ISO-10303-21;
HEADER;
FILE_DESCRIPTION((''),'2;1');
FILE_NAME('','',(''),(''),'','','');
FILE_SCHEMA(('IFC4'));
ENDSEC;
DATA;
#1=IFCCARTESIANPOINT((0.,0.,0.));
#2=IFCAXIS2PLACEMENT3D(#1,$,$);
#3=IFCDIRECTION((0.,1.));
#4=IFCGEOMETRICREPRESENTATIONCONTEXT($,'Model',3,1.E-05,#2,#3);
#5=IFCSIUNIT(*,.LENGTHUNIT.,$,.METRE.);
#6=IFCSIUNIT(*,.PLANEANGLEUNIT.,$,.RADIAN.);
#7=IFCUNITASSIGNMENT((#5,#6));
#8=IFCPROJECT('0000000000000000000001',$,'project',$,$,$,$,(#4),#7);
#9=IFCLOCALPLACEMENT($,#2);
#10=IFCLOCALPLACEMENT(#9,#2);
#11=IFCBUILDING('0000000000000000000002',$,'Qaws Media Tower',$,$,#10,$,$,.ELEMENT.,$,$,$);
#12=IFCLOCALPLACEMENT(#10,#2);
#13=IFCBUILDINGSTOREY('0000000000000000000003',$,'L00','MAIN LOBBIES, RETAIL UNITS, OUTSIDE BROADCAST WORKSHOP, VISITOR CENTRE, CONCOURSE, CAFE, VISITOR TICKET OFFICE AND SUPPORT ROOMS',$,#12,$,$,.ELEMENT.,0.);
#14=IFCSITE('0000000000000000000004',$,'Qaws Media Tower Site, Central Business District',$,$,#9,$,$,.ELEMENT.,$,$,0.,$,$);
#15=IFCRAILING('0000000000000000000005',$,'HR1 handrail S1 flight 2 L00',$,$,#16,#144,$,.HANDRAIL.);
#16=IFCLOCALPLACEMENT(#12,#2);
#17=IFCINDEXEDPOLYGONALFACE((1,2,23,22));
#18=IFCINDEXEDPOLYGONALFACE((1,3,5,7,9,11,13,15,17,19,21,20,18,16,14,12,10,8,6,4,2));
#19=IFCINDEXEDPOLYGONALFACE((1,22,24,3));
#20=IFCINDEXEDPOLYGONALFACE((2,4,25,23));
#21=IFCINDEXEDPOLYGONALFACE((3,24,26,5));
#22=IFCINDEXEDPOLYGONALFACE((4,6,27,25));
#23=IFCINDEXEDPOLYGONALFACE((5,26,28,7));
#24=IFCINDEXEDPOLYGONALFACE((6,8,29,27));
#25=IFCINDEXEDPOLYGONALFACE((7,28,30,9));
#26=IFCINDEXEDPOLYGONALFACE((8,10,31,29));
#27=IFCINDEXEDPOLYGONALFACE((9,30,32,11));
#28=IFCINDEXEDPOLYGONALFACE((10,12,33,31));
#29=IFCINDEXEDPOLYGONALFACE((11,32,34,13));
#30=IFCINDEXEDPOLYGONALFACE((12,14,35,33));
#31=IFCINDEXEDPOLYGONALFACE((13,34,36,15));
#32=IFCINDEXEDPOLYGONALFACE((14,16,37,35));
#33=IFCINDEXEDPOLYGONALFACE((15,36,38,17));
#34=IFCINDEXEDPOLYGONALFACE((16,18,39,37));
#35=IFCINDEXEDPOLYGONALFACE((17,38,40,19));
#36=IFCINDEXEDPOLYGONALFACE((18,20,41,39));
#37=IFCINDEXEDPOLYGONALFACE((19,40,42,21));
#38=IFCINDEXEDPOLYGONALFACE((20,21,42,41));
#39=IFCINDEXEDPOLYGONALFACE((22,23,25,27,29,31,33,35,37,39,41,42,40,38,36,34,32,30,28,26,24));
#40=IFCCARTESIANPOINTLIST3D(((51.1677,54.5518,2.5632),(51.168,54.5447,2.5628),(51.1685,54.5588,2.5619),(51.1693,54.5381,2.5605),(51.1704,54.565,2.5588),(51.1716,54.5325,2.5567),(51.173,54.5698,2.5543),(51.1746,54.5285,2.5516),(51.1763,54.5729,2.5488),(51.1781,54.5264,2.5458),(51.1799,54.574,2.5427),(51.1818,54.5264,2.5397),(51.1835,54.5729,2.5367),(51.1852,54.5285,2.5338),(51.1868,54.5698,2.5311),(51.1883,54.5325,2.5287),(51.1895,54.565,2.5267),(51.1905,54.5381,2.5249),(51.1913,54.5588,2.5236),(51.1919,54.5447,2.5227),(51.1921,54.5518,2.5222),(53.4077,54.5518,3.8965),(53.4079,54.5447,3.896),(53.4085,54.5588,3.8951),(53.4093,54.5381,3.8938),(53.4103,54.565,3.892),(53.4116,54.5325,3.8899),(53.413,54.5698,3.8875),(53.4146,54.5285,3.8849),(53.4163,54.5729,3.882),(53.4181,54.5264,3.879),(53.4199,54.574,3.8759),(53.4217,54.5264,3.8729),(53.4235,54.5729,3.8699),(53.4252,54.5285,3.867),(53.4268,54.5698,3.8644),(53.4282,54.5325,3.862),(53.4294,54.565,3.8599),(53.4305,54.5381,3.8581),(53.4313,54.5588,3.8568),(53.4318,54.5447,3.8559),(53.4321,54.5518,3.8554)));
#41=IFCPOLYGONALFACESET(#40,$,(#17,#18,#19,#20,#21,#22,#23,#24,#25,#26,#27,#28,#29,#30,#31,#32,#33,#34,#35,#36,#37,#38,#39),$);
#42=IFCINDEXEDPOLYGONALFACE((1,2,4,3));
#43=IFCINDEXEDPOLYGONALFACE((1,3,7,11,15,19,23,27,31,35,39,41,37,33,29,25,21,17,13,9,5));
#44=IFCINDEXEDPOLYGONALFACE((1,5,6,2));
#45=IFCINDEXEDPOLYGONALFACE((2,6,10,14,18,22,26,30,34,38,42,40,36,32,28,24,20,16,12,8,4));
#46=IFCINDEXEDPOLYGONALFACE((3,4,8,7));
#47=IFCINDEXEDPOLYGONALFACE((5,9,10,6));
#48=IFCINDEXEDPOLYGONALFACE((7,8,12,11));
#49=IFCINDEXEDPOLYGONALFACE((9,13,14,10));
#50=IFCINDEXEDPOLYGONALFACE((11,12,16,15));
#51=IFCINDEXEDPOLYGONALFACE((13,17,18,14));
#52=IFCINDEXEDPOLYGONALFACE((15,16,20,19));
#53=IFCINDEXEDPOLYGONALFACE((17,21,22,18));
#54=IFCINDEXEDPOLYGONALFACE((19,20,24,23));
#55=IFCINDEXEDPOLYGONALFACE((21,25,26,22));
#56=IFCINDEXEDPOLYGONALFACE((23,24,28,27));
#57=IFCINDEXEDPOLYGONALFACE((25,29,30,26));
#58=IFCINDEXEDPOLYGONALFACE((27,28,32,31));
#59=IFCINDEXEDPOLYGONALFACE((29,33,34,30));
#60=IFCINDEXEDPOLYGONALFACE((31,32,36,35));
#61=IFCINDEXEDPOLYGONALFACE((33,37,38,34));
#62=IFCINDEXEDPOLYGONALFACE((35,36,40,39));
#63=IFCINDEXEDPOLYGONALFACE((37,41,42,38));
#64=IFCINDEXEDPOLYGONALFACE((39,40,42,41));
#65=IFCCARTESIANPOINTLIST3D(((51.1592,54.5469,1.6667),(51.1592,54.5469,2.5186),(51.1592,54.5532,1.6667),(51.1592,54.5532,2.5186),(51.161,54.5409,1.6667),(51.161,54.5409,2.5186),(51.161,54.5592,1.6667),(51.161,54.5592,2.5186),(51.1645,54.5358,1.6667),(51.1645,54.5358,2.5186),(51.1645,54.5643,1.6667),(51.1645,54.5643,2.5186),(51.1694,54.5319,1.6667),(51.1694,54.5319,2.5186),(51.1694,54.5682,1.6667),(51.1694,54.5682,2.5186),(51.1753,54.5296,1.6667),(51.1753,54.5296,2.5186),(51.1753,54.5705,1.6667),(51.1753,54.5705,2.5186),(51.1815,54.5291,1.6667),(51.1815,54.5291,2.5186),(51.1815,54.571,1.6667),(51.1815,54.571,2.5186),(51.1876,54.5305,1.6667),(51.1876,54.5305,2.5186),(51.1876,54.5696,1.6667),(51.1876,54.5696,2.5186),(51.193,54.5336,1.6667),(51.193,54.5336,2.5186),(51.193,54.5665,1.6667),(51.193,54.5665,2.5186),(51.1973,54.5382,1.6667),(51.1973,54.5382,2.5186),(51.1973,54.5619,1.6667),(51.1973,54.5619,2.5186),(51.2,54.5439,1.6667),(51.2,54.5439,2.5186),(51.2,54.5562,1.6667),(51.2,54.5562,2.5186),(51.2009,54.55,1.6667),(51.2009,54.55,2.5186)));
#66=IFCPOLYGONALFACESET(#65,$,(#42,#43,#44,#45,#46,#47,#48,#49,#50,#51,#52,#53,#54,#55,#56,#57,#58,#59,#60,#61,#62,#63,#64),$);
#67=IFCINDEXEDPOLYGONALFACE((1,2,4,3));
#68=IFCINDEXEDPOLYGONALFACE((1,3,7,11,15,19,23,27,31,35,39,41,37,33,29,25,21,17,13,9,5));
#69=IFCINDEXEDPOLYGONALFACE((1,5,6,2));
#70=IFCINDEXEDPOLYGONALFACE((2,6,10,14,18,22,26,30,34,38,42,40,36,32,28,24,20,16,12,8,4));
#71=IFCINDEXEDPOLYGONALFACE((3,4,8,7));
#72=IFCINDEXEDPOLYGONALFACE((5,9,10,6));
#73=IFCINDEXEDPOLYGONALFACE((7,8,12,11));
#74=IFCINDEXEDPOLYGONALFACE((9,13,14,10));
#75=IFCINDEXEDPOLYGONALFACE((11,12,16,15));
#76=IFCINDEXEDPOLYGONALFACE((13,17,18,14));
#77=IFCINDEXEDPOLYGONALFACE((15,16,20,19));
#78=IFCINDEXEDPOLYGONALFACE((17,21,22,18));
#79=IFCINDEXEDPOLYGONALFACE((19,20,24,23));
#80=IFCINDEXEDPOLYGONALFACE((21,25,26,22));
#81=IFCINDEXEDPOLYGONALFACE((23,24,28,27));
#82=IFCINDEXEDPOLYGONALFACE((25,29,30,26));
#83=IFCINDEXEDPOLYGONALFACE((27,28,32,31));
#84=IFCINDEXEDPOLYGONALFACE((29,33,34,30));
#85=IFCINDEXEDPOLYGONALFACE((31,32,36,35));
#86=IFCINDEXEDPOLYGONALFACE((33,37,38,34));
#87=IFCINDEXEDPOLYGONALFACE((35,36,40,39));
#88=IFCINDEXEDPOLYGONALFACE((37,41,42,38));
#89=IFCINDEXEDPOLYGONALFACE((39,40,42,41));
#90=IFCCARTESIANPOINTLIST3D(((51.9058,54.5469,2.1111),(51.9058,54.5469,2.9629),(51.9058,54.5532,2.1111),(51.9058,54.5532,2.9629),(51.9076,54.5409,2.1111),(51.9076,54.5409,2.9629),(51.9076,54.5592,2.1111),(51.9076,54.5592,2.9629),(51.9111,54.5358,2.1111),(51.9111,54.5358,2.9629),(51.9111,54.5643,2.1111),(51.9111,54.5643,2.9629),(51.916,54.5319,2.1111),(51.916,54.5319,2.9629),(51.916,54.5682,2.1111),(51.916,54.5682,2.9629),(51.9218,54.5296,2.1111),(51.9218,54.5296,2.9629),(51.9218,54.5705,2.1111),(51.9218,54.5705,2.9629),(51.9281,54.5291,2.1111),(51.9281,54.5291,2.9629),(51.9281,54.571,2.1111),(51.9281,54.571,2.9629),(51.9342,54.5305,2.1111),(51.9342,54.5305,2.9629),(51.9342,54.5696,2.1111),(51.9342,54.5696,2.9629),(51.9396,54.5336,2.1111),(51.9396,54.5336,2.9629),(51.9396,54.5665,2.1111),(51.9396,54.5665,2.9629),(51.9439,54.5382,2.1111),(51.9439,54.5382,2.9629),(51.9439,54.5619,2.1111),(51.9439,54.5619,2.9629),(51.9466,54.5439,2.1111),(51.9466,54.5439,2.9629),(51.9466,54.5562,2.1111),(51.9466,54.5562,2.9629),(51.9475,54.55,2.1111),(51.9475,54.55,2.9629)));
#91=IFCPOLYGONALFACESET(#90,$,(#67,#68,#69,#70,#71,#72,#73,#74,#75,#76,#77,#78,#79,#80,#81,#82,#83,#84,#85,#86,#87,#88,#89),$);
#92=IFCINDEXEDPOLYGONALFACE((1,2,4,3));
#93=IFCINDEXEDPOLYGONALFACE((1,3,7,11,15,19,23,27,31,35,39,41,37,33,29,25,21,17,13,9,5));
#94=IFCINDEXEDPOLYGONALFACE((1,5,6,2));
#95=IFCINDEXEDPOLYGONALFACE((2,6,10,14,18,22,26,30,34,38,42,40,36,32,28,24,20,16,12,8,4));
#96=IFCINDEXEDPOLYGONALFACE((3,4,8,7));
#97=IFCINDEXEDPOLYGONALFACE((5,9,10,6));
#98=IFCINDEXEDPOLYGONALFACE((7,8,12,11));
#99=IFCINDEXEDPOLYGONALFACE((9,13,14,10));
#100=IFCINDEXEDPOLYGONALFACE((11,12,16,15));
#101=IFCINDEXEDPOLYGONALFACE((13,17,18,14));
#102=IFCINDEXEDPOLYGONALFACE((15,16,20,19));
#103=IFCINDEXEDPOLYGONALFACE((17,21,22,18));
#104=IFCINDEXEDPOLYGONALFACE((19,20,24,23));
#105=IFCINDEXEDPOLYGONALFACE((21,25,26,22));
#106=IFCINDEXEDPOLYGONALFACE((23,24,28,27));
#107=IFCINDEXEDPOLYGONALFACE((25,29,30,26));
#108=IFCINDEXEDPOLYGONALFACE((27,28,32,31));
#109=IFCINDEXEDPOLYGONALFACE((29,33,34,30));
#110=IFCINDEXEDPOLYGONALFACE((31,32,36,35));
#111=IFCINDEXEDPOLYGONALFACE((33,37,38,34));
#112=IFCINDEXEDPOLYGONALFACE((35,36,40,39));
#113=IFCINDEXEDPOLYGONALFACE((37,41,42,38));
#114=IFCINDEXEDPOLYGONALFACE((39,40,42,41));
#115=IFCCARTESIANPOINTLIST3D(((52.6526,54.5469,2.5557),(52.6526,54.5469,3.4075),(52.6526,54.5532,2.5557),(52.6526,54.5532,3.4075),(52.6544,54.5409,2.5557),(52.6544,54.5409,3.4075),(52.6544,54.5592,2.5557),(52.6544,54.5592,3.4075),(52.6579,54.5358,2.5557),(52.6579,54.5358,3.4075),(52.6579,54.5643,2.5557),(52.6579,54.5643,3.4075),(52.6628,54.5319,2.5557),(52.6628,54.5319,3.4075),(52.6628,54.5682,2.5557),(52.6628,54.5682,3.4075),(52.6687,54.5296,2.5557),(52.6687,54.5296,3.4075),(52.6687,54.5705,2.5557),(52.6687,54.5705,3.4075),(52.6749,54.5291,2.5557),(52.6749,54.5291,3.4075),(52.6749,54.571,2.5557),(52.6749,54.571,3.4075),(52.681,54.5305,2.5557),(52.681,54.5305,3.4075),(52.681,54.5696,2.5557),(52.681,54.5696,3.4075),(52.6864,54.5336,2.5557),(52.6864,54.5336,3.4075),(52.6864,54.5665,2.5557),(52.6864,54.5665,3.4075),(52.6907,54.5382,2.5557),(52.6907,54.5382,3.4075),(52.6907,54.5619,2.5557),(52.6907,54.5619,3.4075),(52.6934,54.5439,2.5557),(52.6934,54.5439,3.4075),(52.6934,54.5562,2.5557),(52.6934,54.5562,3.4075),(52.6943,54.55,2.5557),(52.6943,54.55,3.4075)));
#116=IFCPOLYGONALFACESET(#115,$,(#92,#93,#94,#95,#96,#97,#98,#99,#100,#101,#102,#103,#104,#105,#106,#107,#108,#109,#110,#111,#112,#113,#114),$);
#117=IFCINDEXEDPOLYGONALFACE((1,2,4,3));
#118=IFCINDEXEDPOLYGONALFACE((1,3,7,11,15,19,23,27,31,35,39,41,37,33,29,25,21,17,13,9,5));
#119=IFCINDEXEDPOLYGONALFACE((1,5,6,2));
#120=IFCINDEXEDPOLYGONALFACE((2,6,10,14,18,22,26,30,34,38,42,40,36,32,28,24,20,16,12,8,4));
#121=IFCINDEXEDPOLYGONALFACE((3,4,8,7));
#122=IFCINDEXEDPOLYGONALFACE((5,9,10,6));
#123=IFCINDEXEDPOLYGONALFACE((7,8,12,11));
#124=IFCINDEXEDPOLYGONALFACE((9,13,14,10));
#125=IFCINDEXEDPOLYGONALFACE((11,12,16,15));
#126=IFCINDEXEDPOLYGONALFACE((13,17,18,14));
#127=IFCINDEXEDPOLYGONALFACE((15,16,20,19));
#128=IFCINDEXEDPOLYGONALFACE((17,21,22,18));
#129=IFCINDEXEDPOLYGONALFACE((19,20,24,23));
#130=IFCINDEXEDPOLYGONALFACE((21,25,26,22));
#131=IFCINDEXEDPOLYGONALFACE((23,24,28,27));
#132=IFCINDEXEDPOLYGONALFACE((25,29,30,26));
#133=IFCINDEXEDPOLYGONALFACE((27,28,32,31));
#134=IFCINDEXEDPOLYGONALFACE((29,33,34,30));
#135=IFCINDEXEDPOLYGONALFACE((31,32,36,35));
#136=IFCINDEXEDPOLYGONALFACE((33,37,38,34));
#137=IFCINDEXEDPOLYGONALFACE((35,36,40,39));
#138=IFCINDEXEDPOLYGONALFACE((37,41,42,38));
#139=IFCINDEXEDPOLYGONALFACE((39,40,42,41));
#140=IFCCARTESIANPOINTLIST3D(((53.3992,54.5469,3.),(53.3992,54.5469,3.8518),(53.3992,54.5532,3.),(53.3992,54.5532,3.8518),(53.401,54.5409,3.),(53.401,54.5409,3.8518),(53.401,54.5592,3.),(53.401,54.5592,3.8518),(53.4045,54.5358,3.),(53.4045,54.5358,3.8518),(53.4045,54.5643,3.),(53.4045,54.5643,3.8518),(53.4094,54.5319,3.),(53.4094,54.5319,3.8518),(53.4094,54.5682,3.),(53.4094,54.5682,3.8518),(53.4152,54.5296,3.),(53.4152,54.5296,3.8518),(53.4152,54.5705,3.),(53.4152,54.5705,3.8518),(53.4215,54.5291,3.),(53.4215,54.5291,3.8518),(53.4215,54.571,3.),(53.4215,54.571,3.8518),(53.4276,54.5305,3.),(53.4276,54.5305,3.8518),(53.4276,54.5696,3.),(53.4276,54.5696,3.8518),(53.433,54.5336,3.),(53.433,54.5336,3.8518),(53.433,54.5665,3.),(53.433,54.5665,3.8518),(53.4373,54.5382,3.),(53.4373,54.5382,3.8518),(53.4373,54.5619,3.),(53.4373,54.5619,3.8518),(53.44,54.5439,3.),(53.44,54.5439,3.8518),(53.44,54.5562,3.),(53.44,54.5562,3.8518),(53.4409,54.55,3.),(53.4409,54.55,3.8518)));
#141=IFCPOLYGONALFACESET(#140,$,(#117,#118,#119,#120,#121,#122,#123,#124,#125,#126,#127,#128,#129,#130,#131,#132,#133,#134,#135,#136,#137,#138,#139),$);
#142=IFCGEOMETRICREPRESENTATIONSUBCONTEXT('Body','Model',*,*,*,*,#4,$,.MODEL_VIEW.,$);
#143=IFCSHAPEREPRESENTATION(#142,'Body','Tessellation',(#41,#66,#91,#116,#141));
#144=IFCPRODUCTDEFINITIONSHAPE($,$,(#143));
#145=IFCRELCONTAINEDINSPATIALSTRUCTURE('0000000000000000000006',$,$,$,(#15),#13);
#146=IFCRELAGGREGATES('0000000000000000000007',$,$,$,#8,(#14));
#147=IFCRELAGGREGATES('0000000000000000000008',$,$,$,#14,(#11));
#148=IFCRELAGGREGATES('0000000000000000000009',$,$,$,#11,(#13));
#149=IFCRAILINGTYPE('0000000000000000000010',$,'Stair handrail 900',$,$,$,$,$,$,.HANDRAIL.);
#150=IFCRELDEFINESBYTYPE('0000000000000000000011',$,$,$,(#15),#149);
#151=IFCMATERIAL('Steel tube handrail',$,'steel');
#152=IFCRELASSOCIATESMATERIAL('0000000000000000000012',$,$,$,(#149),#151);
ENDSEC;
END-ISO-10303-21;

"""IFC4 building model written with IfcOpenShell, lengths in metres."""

from ifc_helpers import new_model, si_unit, direction, frame, origin, origin_2d, place, context, subcontext, project, spatial, circle, extrude, material, type_object, element, save


model = new_model("IFC4")

# Units and contexts
model_context = context("Model", 3, precision=1e-05, world=origin(), true_north=direction((0.0, 1.0)))
body_context = subcontext(model_context, "Body", "Model", "MODEL_VIEW")
ifc_project = project(units=[si_unit("LENGTHUNIT", "METRE"), si_unit("PLANEANGLEUNIT", "RADIAN")], contexts=[model_context])

# Site, building, storey
site_placement = place(None, origin())
site = spatial("IfcSite", under=ifc_project, at=site_placement, Name="Qaws Media Tower Site, Central Business District", CompositionType="ELEMENT", RefElevation=0.0)
building_placement = place(site_placement, origin())
building = spatial("IfcBuilding", under=site, at=building_placement, Name="Qaws Media Tower", CompositionType="ELEMENT")
storey_placement = place(building_placement, origin())
storey = spatial("IfcBuildingStorey", under=building, at=storey_placement, Name="L00", Description="MAIN LOBBIES, RETAIL UNITS, OUTSIDE BROADCAST WORKSHOP, VISITOR CENTRE, CONCOURSE, CAFE, VISITOR TICKET OFFICE AND SUPPORT ROOMS", CompositionType="ELEMENT", Elevation=0.0)

# Railing
ifc_material_1 = material(Name="Steel tube handrail", Category="steel")
railing_type = type_object("IfcRailingType", Name="Stair handrail 900", PredefinedType="HANDRAIL", material=ifc_material_1)
for number, where, name in (
    (1, (51.1799, 54.55, 1.6667), "HR1 handrail S1 flight 2 L00"),
):
    element("IfcRailing", number, at=place(storey_placement, frame(where)), inside=storey, type_object=railing_type, Name=name, PredefinedType="HANDRAIL", context=body_context, shape_type="SweptSolid", body=[
        extrude(circle(Radius=0.0239, at=origin_2d()), frame((0.0, 0.0, 0.876), z_axis=(0.859306, 0.0, 0.511462), x_axis=(0.0, 1.0, 0.0)), (0.0, 0.0, 1.0), 2.6067),
        extrude(circle(Radius=0.021, at=origin_2d()), origin(), (0.0, 0.0, 1.0), 0.8518),
        extrude(circle(Radius=0.021, at=origin_2d()), frame((0.7466, 0.0, 0.4443)), (0.0, 0.0, 1.0), 0.8518),
        extrude(circle(Radius=0.021, at=origin_2d()), frame((1.4934, 0.0, 0.8889)), (0.0, 0.0, 1.0), 0.8518),
        extrude(circle(Radius=0.021, at=origin_2d()), frame((2.24, 0.0, 1.3333)), (0.0, 0.0, 1.0), 0.8518),
    ])

save(model, "model.ifc")
